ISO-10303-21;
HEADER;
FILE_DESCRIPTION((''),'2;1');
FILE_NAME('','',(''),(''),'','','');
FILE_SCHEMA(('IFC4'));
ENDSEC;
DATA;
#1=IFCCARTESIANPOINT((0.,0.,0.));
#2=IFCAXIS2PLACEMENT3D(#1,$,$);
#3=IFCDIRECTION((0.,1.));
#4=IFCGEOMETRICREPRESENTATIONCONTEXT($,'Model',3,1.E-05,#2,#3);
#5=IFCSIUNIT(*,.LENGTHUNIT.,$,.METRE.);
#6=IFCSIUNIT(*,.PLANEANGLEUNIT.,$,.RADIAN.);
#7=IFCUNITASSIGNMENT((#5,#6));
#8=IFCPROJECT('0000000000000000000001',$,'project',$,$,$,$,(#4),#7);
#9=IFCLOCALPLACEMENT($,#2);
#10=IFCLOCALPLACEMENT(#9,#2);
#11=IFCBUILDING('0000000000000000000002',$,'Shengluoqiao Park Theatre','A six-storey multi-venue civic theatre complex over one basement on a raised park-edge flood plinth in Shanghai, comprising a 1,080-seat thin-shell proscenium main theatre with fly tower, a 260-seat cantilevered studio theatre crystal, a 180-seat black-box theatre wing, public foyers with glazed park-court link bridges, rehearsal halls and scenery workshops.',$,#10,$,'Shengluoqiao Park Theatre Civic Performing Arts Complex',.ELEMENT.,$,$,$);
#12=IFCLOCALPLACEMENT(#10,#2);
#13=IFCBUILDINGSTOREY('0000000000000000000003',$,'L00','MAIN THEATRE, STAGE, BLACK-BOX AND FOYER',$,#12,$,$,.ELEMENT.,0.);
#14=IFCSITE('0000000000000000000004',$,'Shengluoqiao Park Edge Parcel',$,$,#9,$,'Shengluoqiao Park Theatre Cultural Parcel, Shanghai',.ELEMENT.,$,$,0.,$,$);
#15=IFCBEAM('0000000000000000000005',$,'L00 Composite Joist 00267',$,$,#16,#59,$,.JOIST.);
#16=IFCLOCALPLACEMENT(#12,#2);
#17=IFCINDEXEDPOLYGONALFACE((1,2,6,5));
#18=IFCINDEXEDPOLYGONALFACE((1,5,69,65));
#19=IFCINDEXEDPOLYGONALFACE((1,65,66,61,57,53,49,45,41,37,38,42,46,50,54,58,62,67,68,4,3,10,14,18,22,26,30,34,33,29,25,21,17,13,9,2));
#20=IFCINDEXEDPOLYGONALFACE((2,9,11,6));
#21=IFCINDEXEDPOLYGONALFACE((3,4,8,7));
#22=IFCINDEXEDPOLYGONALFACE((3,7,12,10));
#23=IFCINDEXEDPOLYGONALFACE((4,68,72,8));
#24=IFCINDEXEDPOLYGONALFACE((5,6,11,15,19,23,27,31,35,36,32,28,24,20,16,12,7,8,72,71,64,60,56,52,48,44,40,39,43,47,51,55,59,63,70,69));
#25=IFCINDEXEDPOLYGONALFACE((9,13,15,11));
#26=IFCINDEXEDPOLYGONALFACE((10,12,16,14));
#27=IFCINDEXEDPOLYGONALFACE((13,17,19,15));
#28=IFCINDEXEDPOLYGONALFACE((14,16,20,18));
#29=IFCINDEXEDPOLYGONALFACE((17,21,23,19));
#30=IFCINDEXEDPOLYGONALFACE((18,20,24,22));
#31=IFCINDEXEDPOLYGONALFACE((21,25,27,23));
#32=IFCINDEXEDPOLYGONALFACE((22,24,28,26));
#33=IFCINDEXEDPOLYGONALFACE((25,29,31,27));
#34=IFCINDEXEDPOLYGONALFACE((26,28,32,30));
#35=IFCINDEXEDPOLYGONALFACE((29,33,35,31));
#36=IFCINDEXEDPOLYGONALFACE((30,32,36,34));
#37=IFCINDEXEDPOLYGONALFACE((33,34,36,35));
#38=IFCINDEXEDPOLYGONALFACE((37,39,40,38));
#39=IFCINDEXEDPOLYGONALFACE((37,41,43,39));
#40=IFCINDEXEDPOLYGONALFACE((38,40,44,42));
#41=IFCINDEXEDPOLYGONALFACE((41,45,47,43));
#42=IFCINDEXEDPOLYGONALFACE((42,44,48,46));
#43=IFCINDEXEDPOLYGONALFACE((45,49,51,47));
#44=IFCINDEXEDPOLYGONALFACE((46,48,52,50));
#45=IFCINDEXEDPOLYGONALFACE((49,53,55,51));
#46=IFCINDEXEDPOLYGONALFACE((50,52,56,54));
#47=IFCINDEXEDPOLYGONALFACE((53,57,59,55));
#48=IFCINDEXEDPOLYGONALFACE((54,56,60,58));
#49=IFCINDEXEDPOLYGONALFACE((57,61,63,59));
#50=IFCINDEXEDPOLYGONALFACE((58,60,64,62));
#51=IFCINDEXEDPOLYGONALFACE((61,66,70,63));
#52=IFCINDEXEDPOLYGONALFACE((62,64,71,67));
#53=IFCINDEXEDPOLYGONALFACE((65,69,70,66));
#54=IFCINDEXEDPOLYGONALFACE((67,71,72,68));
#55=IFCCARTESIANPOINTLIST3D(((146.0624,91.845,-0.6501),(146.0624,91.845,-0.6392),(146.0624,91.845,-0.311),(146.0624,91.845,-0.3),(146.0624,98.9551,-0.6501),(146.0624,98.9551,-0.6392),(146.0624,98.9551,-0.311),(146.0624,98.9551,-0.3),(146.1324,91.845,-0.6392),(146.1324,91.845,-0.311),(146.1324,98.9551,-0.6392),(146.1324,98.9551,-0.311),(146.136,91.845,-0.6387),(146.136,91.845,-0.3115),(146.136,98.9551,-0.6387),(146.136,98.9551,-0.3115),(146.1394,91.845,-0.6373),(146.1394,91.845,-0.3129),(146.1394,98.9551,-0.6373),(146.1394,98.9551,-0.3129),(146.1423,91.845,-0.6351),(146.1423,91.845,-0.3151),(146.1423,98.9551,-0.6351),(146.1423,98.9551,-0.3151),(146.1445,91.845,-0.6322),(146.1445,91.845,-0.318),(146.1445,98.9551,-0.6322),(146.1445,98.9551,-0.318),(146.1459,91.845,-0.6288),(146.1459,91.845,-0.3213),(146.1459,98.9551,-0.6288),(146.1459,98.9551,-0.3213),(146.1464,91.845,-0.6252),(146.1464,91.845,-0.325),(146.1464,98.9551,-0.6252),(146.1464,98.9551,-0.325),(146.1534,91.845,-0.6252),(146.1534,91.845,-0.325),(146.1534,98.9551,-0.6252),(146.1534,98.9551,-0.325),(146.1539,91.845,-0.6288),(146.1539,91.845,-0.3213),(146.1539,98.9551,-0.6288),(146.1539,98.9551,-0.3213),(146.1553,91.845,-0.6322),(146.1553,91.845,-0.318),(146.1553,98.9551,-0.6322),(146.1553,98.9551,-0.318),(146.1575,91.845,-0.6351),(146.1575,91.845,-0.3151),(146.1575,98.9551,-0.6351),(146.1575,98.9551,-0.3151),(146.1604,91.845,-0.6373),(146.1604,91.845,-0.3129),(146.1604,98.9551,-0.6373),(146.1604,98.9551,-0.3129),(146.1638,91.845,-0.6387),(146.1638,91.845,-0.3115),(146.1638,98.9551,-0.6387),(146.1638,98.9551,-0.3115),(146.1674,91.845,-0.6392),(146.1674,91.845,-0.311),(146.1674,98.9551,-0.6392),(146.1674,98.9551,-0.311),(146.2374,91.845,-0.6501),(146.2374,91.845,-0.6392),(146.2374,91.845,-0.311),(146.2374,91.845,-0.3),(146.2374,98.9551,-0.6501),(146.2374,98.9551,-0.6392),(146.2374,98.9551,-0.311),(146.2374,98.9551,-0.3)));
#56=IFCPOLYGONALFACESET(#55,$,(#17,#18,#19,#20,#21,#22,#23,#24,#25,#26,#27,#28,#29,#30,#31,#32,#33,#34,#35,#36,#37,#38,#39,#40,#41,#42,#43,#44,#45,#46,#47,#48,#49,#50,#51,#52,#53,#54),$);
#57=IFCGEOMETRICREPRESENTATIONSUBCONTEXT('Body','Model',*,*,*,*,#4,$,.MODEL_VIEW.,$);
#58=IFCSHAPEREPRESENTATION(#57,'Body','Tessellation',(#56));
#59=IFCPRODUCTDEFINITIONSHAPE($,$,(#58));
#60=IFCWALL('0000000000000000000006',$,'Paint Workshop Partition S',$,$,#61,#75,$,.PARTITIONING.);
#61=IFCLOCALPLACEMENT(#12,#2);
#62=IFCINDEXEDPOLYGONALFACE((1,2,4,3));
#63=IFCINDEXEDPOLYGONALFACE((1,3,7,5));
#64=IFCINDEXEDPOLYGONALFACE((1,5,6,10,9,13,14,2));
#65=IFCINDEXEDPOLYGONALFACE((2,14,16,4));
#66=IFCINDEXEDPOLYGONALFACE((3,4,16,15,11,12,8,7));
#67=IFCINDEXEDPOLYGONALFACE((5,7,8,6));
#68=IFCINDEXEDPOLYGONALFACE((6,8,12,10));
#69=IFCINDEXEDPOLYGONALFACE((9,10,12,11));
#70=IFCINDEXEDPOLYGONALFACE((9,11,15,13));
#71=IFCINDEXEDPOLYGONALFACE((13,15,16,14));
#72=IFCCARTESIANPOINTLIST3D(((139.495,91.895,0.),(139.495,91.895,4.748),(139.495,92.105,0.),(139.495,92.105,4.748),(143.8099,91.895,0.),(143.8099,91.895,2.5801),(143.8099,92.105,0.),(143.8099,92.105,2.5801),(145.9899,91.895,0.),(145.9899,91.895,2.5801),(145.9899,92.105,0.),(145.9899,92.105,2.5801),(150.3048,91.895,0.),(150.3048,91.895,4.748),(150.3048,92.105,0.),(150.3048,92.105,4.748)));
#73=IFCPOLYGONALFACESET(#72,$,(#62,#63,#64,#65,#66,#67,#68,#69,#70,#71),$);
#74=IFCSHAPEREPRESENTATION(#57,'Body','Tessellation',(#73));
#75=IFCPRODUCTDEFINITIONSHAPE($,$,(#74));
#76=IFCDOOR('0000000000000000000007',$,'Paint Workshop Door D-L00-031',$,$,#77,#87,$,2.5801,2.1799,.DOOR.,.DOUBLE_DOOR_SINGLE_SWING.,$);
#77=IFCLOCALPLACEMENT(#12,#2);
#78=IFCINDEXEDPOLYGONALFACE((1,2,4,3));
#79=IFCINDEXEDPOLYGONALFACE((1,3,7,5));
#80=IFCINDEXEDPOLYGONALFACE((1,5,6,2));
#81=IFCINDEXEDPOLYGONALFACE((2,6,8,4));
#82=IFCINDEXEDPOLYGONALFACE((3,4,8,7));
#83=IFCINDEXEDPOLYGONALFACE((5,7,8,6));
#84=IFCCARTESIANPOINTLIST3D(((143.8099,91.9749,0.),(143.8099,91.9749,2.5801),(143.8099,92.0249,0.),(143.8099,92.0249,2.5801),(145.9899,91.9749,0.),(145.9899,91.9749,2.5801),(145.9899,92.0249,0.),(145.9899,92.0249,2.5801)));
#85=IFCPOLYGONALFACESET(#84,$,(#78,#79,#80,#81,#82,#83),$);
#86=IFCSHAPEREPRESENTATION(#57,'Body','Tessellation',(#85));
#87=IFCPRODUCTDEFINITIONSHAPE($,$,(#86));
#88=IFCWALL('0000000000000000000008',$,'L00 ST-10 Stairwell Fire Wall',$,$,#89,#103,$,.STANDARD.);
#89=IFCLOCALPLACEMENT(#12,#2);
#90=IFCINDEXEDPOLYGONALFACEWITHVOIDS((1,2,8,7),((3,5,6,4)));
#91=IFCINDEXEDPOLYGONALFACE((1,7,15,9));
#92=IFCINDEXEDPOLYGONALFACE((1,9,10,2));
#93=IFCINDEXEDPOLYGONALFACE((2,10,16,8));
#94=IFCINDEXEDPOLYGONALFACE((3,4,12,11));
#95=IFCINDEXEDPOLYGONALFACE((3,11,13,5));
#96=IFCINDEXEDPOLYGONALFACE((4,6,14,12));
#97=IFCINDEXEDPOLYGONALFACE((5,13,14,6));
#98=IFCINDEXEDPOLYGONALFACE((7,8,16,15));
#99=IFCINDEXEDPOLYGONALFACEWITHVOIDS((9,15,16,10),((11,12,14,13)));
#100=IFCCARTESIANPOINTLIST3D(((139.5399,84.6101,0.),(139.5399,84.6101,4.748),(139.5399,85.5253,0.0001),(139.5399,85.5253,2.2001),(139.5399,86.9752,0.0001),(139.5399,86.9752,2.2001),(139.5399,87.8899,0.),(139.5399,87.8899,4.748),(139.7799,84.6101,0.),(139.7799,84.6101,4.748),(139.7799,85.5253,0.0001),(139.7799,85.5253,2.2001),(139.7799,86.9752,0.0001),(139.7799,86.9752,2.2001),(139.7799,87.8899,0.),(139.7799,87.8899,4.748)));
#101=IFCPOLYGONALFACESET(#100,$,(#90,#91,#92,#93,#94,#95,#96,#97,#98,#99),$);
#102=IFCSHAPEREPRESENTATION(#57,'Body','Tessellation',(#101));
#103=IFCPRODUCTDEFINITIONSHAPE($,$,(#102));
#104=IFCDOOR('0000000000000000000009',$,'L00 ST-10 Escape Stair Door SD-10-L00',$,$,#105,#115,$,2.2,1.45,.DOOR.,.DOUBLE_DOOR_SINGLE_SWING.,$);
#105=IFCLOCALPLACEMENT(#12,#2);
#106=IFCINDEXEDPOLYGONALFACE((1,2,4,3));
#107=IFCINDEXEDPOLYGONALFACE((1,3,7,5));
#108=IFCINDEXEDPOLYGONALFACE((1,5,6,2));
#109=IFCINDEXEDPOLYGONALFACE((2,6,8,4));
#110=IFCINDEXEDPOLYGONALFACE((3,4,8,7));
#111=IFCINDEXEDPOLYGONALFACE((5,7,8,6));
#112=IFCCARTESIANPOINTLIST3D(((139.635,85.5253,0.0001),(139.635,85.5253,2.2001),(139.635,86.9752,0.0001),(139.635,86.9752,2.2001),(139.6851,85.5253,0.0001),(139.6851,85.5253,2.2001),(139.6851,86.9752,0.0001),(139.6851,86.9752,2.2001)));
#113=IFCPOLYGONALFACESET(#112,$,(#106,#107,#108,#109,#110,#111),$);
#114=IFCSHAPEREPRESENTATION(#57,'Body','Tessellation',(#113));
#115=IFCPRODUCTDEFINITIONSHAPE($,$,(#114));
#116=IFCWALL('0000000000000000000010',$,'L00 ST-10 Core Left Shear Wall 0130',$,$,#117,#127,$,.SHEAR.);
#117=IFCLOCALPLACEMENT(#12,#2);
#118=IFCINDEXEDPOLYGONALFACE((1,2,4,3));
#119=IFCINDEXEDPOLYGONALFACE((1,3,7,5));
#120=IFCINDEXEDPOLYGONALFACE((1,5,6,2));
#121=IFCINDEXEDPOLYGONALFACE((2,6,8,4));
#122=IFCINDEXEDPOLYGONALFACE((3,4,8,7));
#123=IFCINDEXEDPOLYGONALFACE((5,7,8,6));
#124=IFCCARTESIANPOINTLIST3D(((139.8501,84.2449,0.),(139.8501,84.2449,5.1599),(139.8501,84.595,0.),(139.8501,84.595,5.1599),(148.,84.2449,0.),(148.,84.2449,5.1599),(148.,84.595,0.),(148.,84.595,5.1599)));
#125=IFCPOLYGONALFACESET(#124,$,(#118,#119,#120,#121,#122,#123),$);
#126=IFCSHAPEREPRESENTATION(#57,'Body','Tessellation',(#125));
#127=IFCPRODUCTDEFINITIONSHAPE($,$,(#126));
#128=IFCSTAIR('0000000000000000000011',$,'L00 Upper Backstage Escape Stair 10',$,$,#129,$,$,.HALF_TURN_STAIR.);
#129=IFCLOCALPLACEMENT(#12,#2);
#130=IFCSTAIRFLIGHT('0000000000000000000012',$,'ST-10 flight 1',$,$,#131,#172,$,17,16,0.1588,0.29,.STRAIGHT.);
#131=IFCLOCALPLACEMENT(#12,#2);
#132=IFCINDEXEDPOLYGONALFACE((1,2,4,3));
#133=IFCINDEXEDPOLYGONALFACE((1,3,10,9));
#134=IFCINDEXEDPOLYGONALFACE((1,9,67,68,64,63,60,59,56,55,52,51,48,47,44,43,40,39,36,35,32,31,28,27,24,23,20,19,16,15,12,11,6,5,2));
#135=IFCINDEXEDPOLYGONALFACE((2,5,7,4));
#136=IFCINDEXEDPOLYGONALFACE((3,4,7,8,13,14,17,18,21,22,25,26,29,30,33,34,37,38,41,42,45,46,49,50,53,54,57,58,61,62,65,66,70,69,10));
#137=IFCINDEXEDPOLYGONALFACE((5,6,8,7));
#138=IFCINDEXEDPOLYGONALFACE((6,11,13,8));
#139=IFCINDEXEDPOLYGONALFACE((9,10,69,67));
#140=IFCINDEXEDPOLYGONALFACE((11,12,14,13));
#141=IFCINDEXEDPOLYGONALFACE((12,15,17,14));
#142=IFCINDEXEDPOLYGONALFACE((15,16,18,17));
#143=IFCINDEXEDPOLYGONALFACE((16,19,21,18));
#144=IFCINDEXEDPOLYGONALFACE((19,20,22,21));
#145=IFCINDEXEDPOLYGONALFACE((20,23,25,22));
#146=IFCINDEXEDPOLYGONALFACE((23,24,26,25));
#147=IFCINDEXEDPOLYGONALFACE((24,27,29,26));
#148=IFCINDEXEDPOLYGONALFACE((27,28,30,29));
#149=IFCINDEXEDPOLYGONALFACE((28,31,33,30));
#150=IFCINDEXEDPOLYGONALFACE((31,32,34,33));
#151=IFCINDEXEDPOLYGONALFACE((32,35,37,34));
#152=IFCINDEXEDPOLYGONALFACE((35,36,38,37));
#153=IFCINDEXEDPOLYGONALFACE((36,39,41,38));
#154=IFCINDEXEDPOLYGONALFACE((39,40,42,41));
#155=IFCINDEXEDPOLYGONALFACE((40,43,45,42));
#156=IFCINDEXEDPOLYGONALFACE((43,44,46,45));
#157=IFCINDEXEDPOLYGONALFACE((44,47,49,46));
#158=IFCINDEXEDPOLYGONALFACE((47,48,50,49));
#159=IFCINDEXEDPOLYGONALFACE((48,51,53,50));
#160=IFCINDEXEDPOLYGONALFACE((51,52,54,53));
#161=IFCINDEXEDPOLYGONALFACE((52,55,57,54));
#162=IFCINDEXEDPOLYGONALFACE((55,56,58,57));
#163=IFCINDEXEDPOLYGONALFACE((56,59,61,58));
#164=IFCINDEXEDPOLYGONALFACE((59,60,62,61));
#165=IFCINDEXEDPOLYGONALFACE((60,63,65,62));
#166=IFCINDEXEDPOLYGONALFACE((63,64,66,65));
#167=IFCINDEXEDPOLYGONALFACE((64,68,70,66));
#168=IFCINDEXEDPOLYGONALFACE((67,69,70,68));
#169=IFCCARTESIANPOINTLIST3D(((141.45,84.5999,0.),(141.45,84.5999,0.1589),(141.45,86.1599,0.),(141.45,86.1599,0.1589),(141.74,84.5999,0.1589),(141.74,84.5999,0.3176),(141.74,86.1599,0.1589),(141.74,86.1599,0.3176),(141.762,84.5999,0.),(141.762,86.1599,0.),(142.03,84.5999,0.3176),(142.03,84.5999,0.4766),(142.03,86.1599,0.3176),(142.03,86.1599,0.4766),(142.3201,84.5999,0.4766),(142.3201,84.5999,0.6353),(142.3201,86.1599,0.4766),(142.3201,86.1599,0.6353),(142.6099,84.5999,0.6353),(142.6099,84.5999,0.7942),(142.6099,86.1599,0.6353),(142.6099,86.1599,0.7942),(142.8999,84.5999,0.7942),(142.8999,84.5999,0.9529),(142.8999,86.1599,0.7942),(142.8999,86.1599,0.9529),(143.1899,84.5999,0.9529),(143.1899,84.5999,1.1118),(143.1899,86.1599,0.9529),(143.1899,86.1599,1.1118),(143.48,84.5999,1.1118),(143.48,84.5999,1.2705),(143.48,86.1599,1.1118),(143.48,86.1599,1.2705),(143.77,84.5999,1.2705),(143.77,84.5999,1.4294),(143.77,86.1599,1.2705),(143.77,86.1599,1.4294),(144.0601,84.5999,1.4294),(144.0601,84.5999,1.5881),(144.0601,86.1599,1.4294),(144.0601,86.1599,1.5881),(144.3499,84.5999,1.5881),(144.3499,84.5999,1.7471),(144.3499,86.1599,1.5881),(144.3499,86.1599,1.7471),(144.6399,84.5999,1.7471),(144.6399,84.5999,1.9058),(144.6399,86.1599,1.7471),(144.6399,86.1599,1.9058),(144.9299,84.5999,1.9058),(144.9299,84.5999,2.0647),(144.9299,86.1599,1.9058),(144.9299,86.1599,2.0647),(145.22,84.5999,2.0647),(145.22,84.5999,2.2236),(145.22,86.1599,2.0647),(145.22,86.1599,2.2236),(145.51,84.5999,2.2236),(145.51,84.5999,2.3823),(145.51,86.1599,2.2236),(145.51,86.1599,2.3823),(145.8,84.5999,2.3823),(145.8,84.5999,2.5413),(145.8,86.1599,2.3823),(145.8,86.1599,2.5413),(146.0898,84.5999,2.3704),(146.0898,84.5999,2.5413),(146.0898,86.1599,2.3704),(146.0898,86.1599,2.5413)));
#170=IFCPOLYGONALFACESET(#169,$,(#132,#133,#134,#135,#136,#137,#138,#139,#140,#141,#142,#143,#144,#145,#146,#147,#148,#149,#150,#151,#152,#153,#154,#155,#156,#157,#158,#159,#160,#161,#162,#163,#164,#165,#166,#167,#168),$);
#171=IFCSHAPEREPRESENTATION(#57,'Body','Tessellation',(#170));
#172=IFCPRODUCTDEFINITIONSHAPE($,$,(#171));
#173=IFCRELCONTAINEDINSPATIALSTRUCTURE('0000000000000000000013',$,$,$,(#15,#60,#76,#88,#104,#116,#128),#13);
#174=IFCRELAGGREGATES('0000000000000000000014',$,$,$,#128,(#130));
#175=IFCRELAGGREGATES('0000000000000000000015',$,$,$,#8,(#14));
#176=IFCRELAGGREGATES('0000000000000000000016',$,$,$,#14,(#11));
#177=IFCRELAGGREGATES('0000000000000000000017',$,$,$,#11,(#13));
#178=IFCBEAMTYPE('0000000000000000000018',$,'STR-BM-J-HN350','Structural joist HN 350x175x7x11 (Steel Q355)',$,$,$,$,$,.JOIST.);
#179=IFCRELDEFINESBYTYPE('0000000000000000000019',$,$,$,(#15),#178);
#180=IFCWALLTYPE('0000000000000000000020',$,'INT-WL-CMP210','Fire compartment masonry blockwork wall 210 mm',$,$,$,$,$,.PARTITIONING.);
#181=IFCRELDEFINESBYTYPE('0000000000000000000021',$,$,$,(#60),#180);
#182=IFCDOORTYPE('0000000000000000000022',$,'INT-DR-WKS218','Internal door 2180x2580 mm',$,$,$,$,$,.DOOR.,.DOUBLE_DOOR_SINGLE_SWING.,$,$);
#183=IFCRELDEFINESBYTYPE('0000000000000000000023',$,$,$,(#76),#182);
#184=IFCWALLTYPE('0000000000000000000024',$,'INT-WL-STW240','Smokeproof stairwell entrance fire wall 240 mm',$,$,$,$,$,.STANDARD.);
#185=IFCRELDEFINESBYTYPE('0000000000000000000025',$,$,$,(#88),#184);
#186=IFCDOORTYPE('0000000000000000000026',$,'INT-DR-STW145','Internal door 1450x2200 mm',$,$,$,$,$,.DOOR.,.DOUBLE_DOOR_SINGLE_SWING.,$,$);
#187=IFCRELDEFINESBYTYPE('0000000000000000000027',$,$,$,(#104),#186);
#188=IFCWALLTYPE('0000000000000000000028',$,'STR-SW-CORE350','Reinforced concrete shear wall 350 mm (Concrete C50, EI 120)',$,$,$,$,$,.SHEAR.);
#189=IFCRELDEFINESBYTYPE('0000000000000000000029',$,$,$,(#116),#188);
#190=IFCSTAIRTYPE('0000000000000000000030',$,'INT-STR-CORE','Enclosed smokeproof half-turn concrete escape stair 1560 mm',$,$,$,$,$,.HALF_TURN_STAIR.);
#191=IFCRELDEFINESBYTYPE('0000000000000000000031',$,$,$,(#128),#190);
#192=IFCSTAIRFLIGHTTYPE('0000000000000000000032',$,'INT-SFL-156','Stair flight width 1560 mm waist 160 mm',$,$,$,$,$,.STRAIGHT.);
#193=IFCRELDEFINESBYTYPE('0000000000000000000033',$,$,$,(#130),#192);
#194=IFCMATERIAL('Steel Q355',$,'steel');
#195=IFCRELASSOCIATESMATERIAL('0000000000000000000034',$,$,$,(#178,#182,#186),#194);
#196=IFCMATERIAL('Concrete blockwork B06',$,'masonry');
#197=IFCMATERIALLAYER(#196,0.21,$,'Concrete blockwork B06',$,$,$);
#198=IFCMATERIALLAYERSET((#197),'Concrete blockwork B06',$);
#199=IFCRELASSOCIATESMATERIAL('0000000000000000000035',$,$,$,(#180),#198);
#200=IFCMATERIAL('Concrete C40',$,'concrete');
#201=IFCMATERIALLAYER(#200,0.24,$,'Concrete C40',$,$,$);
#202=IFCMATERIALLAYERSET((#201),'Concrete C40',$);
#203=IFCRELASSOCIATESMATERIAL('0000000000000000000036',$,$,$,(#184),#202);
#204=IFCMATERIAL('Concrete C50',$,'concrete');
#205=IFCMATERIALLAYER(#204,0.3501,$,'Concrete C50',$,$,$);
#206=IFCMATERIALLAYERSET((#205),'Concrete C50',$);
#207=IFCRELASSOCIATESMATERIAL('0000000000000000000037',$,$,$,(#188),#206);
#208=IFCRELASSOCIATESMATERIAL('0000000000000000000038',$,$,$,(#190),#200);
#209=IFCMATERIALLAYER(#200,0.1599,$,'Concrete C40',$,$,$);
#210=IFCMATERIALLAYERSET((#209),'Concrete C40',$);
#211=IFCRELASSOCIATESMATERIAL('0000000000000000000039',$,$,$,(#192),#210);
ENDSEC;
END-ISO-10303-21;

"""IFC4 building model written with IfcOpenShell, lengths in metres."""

from ifc_helpers import new_model, si_unit, direction, frame, frame_2d, origin, origin_2d, place, context, subcontext, project, spatial, polyline, rectangle, i_section, outline, extrude, material, layer, layer_set, material_profile, profile_set, type_object, element, fill, aggregate, save


model = new_model("IFC4")

# Units and contexts
model_context = context("Model", 3, precision=1e-05, world=origin(), true_north=direction((0.0, 1.0)))
body_context = subcontext(model_context, "Body", "Model", "MODEL_VIEW")
ifc_project = project(units=[si_unit("LENGTHUNIT", "METRE"), si_unit("PLANEANGLEUNIT", "RADIAN")], contexts=[model_context])

# Site, building, storey
site_placement = place(None, origin())
site = spatial("IfcSite", under=ifc_project, at=site_placement, Name="Shengluoqiao Park Edge Parcel", LongName="Shengluoqiao Park Theatre Cultural Parcel, Shanghai", CompositionType="ELEMENT", RefElevation=0.0)
building_placement = place(site_placement, origin())
building = spatial("IfcBuilding", under=site, at=building_placement, Name="Shengluoqiao Park Theatre", Description="A six-storey multi-venue civic theatre complex over one basement on a raised park-edge flood plinth in Shanghai, comprising a 1,080-seat thin-shell proscenium main theatre with fly tower, a 260-seat cantilevered studio theatre crystal, a 180-seat black-box theatre wing, public foyers with glazed park-court link bridges, rehearsal halls and scenery workshops.", LongName="Shengluoqiao Park Theatre Civic Performing Arts Complex", CompositionType="ELEMENT")
storey_placement = place(building_placement, origin())
storey = spatial("IfcBuildingStorey", under=building, at=storey_placement, Name="L00", Description="MAIN THEATRE, STAGE, BLACK-BOX AND FOYER", CompositionType="ELEMENT", Elevation=0.0)

# Beam
ifc_material_1 = material(Name="Concrete C40", Category="concrete")
ifc_material_2 = material(Name="Steel Q355", Category="steel")
ifc_material_profile_1 = material_profile(ifc_material_2, i_section(OverallWidth=0.175, OverallDepth=0.3501, WebThickness=0.0071, FlangeThickness=0.011, FilletRadius=0.0139, at=origin_2d()), Name="HN 350x175x7x11")
ifc_profile_set_1 = profile_set([ifc_material_profile_1], Name="Steel Q355")
beam_type_1 = type_object("IfcBeamType", Name="STR-BM-J-HN350", Description="Structural joist HN 350x175x7x11 (Steel Q355)", PredefinedType="JOIST", material=ifc_profile_set_1)
for number, where, z_axis, x_axis, name in (
    (1, (146.1499, 91.845, -0.4751), (0.0, 1.0, 0.0), (-1.0, 0.0, 0.0), "L00 Composite Joist 00267"),
):
    element("IfcBeam", number, at=place(storey_placement, frame(where, z_axis=z_axis, x_axis=x_axis)), inside=storey, type_object=beam_type_1, Name=name, PredefinedType="JOIST", context=body_context, shape_type="SweptSolid", body=[
        extrude(i_section(OverallWidth=0.175, OverallDepth=0.3501, WebThickness=0.0071, FlangeThickness=0.011, FilletRadius=0.0139, at=origin_2d()), origin(), (0.0, 0.0, 1.0), 7.1101),
    ])

# Walls, openings, doors
ifc_material_3 = material(Name="Concrete blockwork B06", Category="masonry")
ifc_layer_1 = layer(ifc_material_3, 0.21, Name="Concrete blockwork B06")
ifc_layer_set_1 = layer_set([ifc_layer_1], Name="Concrete blockwork B06")
wall_type_1 = type_object("IfcWallType", Name="INT-WL-CMP210", Description="Fire compartment masonry blockwork wall 210 mm", PredefinedType="PARTITIONING", material=ifc_layer_set_1)
wall_1_placement = place(storey_placement, frame((139.4951, 92.0, 0.0), z_axis=(0.0, 0.0, 1.0), x_axis=(1.0, 0.0, 0.0)))
wall_1 = element("IfcWall", 2, at=wall_1_placement, inside=storey, type_object=wall_type_1, Name="Paint Workshop Partition S", PredefinedType="PARTITIONING", context=body_context, shape_type="SweptSolid", body=[
    extrude(rectangle(XDim=10.8098, YDim=0.21, at=frame_2d((5.4048, 0.0))), origin(), (0.0, 0.0, 1.0), 4.748),
])
opening_1_placement = place(wall_1_placement, frame((4.3149, 0.0, 0.0)))
opening_1 = element("IfcOpeningElement", 3, at=opening_1_placement, cuts=wall_1, PredefinedType="OPENING", context=body_context, shape_type="SweptSolid", body=[
    extrude(rectangle(XDim=2.1799, YDim=2.5801, at=frame_2d((1.0898, 1.29))), frame((0.0, 0.115, 0.0), z_axis=(0.0, -1.0, 0.0), x_axis=(1.0, 0.0, 0.0)), (0.0, 0.0, 1.0), 0.23),
])
door_type_1 = type_object("IfcDoorType", Name="INT-DR-WKS218", Description="Internal door 2180x2580 mm", OperationType="DOUBLE_DOOR_SINGLE_SWING", PredefinedType="DOOR", material=ifc_material_2)
door_1_placement = place(opening_1_placement, origin())
door_1 = element("IfcDoor", 4, at=door_1_placement, inside=storey, type_object=door_type_1, Name="Paint Workshop Door D-L00-031", OperationType="DOUBLE_DOOR_SINGLE_SWING", OverallHeight=2.5801, OverallWidth=2.1799, PredefinedType="DOOR", context=body_context, shape_type="SweptSolid", body=[
    extrude(rectangle(XDim=2.1799, YDim=2.5801, at=frame_2d((1.0898, 1.29))), frame((0.0, 0.0249, 0.0), z_axis=(0.0, -1.0, 0.0), x_axis=(1.0, 0.0, 0.0)), (0.0, 0.0, 1.0), 0.05),
])
fill(opening_1, door_1)
ifc_layer_2 = layer(ifc_material_1, 0.24, Name="Concrete C40")
ifc_layer_set_2 = layer_set([ifc_layer_2], Name="Concrete C40")
wall_type_2 = type_object("IfcWallType", Name="INT-WL-STW240", Description="Smokeproof stairwell entrance fire wall 240 mm", PredefinedType="STANDARD", material=ifc_layer_set_2)
wall_2_placement = place(storey_placement, frame((139.6599, 84.6101, 0.0), z_axis=(0.0, 0.0, 1.0), x_axis=(0.0, 1.0, 0.0)))
wall_2 = element("IfcWall", 5, at=wall_2_placement, inside=storey, type_object=wall_type_2, Name="L00 ST-10 Stairwell Fire Wall", PredefinedType="STANDARD", context=body_context, shape_type="SweptSolid", body=[
    extrude(rectangle(XDim=3.2798, YDim=0.24, at=frame_2d((1.6399, 0.0))), origin(), (0.0, 0.0, 1.0), 4.748),
])
opening_2_placement = place(wall_2_placement, frame((0.915, 0.0, 0.0)))
opening_2 = element("IfcOpeningElement", 6, at=opening_2_placement, cuts=wall_2, PredefinedType="OPENING", context=body_context, shape_type="SweptSolid", body=[
    extrude(rectangle(XDim=1.45, YDim=2.2, at=frame_2d((0.7251, 1.1001))), frame((0.0, 0.1299, 0.0), z_axis=(0.0, -1.0, 0.0), x_axis=(1.0, 0.0, 0.0)), (0.0, 0.0, 1.0), 0.26),
])
door_type_2 = type_object("IfcDoorType", Name="INT-DR-STW145", Description="Internal door 1450x2200 mm", OperationType="DOUBLE_DOOR_SINGLE_SWING", PredefinedType="DOOR", material=ifc_material_2)
door_2_placement = place(opening_2_placement, origin())
door_2 = element("IfcDoor", 7, at=door_2_placement, inside=storey, type_object=door_type_2, Name="L00 ST-10 Escape Stair Door SD-10-L00", OperationType="DOUBLE_DOOR_SINGLE_SWING", OverallHeight=2.2, OverallWidth=1.45, PredefinedType="DOOR", context=body_context, shape_type="SweptSolid", body=[
    extrude(rectangle(XDim=1.45, YDim=2.2, at=frame_2d((0.7251, 1.1001))), frame((0.0, 0.0249, 0.0), z_axis=(0.0, -1.0, 0.0), x_axis=(1.0, 0.0, 0.0)), (0.0, 0.0, 1.0), 0.05),
])
fill(opening_2, door_2)

# Wall
ifc_material_4 = material(Name="Concrete C50", Category="concrete")
ifc_layer_3 = layer(ifc_material_4, 0.3501, Name="Concrete C50")
ifc_layer_set_3 = layer_set([ifc_layer_3], Name="Concrete C50")
wall_type_3 = type_object("IfcWallType", Name="STR-SW-CORE350", Description="Reinforced concrete shear wall 350 mm (Concrete C50, EI 120)", PredefinedType="SHEAR", material=ifc_layer_set_3)
wall_3_placement = place(storey_placement, frame((139.8501, 84.4199, 0.0), z_axis=(0.0, 0.0, 1.0), x_axis=(1.0, 0.0, 0.0)))
element("IfcWall", 8, at=wall_3_placement, inside=storey, type_object=wall_type_3, Name="L00 ST-10 Core Left Shear Wall 0130", PredefinedType="SHEAR", context=body_context, shape_type="SweptSolid", body=[
    extrude(rectangle(XDim=8.1499, YDim=0.3501, at=frame_2d((4.075, 0.0))), origin(), (0.0, 0.0, 1.0), 5.1599),
])

# Stair, stair flight
stair_type = type_object("IfcStairType", Name="INT-STR-CORE", Description="Enclosed smokeproof half-turn concrete escape stair 1560 mm", PredefinedType="HALF_TURN_STAIR", material=ifc_material_1)
stair_placement = place(storey_placement, origin())
stair = element("IfcStair", 9, at=stair_placement, inside=storey, type_object=stair_type, Name="L00 Upper Backstage Escape Stair 10", PredefinedType="HALF_TURN_STAIR")
ifc_layer_4 = layer(ifc_material_1, 0.1599, Name="Concrete C40")
ifc_layer_set_4 = layer_set([ifc_layer_4], Name="Concrete C40")
stair_flight_type = type_object("IfcStairFlightType", Name="INT-SFL-156", Description="Stair flight width 1560 mm waist 160 mm", PredefinedType="STRAIGHT", material=ifc_layer_set_4)
stair_flight_1_placement = place(storey_placement, frame((141.45, 85.3799, 0.0), z_axis=(0.0, 0.0, 1.0), x_axis=(1.0, 0.0, 0.0)))
stair_flight_1 = element("IfcStairFlight", 10, at=stair_flight_1_placement, type_object=stair_flight_type, Name="ST-10 flight 1", NumberOfRisers=17, NumberOfTreads=16, PredefinedType="STRAIGHT", RiserHeight=0.1588, TreadLength=0.29, context=body_context, shape_type="SweptSolid", body=[
    extrude(outline(polyline([(0.0, 0.0), (0.0, 0.1589), (0.29, 0.1589), (0.29, 0.3176), (0.5801, 0.3176), (0.5801, 0.4766), (0.8701, 0.4766), (0.8701, 0.6353), (1.1599, 0.6353), (1.1599, 0.7942), (1.45, 0.7942), (1.45, 0.9529), (1.74, 0.9529), (1.74, 1.1118), (2.03, 1.1118), (2.03, 1.2705), (2.3201, 1.2705), (2.3201, 1.4294), (2.6101, 1.4294), (2.6101, 1.5881), (2.8999, 1.5881), (2.8999, 1.7471), (3.1899, 1.7471), (3.1899, 1.9058), (3.48, 1.9058), (3.48, 2.0647), (3.77, 2.0647), (3.77, 2.2236), (4.0601, 2.2236), (4.0601, 2.3823), (4.3501, 2.3823), (4.3501, 2.5413), (4.6399, 2.5413), (4.6399, 2.7), (4.6399, 2.3704), (0.312, 0.0), (0.0, 0.0)])), frame((0.0, 0.78, 0.0), z_axis=(0.0, -1.0, 0.0), x_axis=(1.0, 0.0, 0.0)), (0.0, 0.0, 1.0), 1.5601),
])
aggregate(stair, [stair_flight_1])

save(model, "model.ifc")
